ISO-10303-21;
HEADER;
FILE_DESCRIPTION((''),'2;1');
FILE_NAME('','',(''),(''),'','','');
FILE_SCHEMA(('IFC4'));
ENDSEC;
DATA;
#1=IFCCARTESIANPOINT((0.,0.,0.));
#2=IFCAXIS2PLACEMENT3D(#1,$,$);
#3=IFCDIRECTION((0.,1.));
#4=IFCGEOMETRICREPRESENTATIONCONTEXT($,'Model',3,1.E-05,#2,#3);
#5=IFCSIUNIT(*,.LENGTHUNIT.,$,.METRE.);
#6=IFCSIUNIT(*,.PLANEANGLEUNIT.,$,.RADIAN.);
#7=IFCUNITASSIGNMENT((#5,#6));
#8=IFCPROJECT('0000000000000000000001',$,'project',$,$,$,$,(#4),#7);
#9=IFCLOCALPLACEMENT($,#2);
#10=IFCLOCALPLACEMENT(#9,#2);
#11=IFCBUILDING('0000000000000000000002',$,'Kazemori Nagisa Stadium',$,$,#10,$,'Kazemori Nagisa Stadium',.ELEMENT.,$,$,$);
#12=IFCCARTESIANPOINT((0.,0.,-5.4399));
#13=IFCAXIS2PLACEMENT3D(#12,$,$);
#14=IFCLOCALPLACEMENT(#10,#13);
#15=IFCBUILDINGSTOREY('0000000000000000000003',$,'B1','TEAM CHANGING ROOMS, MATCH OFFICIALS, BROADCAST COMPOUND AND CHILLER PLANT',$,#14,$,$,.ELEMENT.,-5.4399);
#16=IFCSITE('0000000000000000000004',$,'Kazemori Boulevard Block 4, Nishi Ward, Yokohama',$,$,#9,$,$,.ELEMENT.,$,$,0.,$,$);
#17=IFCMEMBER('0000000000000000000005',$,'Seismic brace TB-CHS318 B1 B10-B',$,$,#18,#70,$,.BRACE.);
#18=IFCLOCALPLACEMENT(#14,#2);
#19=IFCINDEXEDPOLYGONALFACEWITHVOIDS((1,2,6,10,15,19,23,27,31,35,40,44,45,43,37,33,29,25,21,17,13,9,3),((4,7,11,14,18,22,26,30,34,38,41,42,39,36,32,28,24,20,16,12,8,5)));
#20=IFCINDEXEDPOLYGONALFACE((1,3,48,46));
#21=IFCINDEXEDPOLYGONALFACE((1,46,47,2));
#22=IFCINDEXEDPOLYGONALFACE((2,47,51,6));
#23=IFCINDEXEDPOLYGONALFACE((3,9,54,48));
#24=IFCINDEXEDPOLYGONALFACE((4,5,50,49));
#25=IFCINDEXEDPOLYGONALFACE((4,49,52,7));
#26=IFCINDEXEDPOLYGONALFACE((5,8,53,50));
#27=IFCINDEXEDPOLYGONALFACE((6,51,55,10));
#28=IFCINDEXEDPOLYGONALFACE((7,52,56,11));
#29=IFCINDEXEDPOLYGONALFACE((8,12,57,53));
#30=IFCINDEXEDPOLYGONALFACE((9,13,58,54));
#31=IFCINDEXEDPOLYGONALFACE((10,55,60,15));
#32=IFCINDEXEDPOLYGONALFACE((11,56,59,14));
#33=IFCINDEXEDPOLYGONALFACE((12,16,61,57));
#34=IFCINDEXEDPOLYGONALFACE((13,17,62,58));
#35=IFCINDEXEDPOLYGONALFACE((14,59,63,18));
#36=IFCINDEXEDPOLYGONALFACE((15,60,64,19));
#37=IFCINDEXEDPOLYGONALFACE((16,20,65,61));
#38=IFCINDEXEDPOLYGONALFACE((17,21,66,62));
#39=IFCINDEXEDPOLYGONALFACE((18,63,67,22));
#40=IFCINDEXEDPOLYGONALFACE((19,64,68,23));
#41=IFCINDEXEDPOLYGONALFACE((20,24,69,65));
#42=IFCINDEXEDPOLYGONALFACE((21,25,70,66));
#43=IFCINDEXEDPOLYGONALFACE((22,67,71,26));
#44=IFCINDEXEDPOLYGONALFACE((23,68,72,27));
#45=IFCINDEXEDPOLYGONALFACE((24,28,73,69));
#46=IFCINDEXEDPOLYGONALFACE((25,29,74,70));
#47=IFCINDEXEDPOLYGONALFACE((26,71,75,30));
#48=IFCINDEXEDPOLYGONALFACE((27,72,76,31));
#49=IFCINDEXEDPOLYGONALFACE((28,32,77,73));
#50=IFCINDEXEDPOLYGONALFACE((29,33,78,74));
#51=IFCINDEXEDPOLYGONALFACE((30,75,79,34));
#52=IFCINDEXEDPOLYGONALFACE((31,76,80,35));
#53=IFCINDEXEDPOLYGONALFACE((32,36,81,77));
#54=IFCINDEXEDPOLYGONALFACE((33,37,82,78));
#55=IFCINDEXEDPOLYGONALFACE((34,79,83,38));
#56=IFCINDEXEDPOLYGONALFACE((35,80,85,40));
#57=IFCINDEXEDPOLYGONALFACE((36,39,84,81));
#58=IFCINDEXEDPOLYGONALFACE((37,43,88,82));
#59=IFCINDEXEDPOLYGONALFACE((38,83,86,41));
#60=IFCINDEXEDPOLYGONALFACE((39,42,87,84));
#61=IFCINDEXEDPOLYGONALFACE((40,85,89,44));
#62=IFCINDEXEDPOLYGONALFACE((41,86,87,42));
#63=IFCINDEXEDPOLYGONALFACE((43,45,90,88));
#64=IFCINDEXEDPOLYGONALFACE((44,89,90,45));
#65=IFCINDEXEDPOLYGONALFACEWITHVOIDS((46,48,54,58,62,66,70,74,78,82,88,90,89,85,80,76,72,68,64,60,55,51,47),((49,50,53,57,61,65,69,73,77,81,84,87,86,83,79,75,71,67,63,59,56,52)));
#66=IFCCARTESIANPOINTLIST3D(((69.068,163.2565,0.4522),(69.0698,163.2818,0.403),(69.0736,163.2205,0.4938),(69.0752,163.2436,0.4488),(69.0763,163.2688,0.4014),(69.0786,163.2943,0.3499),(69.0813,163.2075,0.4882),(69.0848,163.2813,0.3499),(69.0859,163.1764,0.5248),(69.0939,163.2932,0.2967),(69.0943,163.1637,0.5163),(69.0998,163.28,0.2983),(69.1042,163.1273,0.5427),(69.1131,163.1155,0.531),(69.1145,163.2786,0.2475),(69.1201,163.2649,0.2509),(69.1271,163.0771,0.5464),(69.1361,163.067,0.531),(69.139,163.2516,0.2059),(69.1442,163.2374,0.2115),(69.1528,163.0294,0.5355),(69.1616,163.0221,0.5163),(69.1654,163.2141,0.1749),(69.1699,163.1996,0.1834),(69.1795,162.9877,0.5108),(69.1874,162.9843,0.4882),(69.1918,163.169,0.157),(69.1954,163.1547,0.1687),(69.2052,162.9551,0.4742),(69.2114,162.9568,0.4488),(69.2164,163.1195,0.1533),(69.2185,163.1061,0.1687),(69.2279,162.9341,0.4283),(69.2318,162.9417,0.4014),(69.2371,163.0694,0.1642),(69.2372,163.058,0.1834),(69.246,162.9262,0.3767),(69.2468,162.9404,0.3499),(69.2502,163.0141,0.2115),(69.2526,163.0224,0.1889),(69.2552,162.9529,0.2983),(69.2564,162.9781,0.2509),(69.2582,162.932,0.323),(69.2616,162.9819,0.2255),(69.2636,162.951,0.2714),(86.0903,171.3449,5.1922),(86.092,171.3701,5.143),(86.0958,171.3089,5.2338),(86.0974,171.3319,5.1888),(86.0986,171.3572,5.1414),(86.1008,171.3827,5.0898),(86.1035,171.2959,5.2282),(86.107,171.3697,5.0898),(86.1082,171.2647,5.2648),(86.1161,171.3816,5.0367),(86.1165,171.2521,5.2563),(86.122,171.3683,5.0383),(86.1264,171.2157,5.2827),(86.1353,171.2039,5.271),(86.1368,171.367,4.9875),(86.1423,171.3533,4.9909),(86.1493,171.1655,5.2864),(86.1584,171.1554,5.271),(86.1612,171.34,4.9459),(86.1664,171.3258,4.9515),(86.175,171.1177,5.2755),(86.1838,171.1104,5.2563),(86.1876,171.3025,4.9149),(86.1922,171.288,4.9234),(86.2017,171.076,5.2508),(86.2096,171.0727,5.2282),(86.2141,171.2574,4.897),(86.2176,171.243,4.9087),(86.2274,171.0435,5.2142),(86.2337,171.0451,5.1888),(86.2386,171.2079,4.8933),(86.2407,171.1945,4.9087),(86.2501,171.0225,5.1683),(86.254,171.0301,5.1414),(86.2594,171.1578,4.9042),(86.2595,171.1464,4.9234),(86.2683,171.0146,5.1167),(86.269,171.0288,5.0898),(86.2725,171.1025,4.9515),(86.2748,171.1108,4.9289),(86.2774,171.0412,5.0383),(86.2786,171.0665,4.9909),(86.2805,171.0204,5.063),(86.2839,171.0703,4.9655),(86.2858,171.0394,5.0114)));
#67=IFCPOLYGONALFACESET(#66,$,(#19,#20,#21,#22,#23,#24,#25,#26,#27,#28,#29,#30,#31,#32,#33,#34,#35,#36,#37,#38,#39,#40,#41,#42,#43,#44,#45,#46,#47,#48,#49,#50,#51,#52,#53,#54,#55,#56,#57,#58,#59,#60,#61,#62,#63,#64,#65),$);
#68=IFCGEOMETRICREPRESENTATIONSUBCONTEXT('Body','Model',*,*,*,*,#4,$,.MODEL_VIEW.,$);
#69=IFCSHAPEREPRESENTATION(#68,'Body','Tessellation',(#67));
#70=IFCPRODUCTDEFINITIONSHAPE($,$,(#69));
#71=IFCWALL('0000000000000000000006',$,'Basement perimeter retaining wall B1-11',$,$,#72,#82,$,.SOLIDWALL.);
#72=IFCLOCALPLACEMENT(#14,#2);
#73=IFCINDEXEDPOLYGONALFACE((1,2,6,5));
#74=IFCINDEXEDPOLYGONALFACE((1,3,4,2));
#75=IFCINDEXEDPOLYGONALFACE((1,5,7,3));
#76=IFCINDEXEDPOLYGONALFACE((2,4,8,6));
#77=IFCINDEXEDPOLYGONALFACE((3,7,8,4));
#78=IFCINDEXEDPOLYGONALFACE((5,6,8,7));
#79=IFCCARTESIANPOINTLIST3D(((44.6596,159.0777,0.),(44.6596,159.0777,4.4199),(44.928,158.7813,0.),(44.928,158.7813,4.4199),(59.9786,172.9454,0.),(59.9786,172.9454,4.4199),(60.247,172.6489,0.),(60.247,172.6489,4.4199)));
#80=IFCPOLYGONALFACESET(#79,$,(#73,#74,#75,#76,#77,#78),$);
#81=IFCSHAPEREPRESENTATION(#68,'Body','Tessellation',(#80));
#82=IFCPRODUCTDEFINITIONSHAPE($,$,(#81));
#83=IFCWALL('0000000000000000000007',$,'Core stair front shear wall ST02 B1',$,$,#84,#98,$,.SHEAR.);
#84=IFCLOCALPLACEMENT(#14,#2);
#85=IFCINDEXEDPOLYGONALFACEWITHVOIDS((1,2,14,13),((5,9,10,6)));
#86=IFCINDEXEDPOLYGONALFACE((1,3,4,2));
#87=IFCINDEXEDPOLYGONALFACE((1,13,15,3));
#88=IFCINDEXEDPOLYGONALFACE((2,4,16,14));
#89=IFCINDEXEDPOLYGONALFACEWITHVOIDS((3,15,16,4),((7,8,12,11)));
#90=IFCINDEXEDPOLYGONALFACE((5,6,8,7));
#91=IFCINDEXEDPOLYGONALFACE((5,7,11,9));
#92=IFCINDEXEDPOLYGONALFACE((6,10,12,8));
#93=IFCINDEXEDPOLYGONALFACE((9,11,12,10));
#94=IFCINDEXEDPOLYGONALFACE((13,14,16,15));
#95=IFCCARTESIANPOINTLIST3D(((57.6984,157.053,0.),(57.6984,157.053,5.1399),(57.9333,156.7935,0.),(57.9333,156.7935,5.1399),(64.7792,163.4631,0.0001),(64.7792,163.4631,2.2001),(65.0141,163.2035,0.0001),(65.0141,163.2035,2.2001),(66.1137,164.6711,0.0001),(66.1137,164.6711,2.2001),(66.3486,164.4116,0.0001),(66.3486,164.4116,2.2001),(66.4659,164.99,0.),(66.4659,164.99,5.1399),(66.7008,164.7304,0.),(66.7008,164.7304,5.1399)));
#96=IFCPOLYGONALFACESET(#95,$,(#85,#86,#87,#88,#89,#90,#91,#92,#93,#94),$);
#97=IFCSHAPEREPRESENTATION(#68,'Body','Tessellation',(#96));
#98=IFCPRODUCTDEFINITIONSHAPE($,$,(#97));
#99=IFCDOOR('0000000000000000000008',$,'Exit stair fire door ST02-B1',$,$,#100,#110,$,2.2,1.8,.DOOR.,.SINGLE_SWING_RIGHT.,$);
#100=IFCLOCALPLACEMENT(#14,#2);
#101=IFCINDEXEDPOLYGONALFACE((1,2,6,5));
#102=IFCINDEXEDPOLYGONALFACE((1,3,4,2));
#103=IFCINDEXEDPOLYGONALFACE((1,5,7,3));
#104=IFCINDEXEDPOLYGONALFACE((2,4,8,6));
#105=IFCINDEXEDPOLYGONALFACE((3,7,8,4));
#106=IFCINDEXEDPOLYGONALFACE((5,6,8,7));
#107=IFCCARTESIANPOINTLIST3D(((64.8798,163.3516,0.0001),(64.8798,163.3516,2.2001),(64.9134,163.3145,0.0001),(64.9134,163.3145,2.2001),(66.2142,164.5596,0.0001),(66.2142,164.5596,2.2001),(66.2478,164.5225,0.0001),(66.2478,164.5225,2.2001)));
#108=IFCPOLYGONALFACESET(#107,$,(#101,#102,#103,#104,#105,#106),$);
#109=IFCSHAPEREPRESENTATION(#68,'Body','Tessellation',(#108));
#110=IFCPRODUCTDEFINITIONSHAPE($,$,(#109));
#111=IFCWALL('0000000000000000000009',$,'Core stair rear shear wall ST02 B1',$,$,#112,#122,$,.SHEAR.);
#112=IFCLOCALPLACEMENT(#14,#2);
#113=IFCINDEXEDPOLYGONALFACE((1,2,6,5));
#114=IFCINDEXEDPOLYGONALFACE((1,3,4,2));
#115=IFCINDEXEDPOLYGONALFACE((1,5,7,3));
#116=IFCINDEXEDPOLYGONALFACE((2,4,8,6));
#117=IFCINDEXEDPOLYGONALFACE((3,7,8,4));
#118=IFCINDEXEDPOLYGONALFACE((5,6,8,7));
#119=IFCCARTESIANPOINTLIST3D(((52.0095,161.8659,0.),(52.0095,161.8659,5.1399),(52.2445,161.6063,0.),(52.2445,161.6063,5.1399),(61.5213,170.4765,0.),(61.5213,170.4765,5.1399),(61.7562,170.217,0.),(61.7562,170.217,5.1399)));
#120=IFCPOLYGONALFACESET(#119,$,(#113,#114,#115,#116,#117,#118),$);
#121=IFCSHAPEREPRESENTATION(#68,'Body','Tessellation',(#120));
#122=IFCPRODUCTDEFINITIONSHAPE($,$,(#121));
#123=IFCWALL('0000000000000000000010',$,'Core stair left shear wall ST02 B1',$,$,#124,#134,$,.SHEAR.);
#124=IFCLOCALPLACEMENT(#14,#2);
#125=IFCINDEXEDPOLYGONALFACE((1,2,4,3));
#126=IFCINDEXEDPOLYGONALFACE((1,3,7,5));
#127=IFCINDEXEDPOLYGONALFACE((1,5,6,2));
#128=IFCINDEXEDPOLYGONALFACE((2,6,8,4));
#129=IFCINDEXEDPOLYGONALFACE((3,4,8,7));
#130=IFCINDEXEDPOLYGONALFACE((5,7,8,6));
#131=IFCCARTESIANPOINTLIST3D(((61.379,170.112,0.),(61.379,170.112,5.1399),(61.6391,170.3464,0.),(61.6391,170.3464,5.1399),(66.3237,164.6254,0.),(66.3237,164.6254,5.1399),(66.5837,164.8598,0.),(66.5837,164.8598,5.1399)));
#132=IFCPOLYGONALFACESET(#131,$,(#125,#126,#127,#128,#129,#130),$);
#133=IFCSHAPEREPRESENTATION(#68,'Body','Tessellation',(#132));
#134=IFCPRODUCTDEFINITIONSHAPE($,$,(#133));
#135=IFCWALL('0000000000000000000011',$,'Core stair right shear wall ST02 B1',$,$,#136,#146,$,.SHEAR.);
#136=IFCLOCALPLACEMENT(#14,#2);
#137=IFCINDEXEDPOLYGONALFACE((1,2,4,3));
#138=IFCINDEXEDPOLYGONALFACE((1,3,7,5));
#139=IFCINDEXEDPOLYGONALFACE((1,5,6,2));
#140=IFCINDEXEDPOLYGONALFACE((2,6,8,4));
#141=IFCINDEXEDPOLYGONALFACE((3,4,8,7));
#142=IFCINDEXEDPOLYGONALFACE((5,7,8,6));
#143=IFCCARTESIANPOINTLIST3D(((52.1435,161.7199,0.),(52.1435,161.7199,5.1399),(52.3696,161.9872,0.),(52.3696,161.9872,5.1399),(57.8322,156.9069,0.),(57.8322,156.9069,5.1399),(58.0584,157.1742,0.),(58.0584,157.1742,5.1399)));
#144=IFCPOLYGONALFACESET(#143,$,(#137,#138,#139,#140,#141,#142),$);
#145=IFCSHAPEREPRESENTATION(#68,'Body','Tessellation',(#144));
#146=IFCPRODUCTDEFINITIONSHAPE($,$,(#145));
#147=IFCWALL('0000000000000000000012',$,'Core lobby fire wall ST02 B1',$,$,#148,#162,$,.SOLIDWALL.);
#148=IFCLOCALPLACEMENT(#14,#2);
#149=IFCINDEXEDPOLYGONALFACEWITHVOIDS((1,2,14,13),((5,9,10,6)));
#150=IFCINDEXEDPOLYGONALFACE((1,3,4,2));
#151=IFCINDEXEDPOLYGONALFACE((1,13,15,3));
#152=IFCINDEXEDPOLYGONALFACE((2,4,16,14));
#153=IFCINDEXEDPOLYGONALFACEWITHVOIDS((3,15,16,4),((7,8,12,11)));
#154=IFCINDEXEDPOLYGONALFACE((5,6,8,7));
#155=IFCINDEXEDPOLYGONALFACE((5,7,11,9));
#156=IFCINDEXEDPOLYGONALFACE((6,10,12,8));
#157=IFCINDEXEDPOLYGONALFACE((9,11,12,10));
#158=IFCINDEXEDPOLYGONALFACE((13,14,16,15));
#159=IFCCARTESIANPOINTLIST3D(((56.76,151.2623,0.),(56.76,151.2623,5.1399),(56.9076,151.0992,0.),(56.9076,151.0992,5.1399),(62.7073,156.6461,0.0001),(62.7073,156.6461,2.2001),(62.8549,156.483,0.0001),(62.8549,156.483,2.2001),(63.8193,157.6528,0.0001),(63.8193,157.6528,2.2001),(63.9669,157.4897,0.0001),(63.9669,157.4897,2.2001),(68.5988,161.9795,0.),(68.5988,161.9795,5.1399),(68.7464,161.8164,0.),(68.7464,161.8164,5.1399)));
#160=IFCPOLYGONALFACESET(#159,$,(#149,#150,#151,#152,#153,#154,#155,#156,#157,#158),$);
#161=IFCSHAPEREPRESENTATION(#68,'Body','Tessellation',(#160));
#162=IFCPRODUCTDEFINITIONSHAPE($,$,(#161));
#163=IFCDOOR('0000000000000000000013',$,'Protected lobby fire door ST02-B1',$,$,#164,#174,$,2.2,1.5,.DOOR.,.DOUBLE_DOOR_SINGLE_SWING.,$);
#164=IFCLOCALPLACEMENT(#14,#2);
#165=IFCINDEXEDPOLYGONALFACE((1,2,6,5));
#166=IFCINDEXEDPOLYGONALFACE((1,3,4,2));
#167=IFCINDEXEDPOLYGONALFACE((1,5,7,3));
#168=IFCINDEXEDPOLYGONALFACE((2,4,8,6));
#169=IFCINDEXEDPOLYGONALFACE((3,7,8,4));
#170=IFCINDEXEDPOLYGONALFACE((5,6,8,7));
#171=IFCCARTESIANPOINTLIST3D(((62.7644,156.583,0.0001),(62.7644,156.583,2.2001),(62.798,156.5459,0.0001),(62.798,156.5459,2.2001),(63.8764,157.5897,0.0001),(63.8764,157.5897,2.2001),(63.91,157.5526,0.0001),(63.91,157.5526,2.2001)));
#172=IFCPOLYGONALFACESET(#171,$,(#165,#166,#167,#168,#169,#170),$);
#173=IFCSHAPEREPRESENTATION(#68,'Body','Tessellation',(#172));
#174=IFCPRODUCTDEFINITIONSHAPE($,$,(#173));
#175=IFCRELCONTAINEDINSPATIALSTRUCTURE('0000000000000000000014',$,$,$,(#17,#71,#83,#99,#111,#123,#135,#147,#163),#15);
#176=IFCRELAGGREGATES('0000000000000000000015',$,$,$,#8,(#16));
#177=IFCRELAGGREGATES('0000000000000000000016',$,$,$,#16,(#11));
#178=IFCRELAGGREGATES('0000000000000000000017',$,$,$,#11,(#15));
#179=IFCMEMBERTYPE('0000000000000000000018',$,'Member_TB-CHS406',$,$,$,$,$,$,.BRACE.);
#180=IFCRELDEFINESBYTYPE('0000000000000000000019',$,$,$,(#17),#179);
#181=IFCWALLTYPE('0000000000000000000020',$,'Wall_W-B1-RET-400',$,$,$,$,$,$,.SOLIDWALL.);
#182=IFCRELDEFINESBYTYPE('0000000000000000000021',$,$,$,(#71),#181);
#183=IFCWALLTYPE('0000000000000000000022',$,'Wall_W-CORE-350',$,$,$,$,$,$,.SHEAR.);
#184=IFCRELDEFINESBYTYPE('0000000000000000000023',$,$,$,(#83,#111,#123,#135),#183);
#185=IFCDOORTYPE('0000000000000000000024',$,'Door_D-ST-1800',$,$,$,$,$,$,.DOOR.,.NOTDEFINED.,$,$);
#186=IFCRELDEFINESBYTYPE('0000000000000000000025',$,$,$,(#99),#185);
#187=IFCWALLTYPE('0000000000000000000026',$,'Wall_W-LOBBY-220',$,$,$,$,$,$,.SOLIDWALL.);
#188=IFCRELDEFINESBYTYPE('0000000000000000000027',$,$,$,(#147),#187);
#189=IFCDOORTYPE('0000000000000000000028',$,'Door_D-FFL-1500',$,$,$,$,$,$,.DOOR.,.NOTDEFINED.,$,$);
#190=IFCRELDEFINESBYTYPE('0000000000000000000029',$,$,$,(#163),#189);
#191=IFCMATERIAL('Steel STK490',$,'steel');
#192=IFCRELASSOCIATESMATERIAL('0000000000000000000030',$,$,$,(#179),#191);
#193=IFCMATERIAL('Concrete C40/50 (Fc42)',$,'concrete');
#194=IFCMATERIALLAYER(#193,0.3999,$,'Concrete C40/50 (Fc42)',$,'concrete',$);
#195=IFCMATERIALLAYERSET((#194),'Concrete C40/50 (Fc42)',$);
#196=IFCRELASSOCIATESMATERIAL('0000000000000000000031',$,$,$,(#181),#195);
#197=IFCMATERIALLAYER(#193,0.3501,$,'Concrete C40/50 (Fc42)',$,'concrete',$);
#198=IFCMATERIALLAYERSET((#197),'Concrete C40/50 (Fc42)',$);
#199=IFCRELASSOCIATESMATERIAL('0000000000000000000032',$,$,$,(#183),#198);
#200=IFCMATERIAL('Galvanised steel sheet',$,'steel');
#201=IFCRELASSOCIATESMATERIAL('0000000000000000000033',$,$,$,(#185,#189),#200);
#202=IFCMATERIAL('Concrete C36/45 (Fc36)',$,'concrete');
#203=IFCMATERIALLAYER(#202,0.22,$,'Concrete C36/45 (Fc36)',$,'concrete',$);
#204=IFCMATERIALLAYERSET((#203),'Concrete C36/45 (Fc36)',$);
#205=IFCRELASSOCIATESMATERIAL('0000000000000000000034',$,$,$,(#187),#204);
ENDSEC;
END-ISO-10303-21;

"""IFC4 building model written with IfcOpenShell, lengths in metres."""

from ifc_helpers import new_model, si_unit, direction, frame, frame_2d, origin, origin_2d, place, context, subcontext, project, spatial, rectangle, hollow_circle, extrude, material, layer, layer_set, material_profile, profile_set, type_object, element, fill, save


model = new_model("IFC4")

# Units and contexts
model_context = context("Model", 3, precision=1e-05, world=origin(), true_north=direction((0.0, 1.0)))
body_context = subcontext(model_context, "Body", "Model", "MODEL_VIEW")
ifc_project = project(units=[si_unit("LENGTHUNIT", "METRE"), si_unit("PLANEANGLEUNIT", "RADIAN")], contexts=[model_context])

# Site, building, storey
site_placement = place(None, origin())
site = spatial("IfcSite", under=ifc_project, at=site_placement, Name="Kazemori Boulevard Block 4, Nishi Ward, Yokohama", CompositionType="ELEMENT", RefElevation=0.0)
building_placement = place(site_placement, origin())
building = spatial("IfcBuilding", under=site, at=building_placement, Name="Kazemori Nagisa Stadium", LongName="Kazemori Nagisa Stadium", CompositionType="ELEMENT")
storey_placement = place(building_placement, frame((0.0, 0.0, -5.4399)))
storey = spatial("IfcBuildingStorey", under=building, at=storey_placement, Name="B1", Description="TEAM CHANGING ROOMS, MATCH OFFICIALS, BROADCAST COMPOUND AND CHILLER PLANT", CompositionType="ELEMENT", Elevation=-5.4399)

# Shared definitions
ifc_material_1 = material(Name="Concrete C40/50 (Fc42)", Category="concrete")

# Shared definitions
ifc_material_2 = material(Name="Concrete C36/45 (Fc36)", Category="concrete")

# Member
ifc_material_3 = material(Name="Steel STK490", Category="steel")
ifc_material_profile_1 = material_profile(ifc_material_3, hollow_circle(Radius=0.2031, WallThickness=0.0144, at=origin_2d()), Name="CHS-406.4x14.3")
ifc_profile_set_1 = profile_set([ifc_material_profile_1], Name="Steel STK490")
member_type = type_object("IfcMemberType", Name="Member_TB-CHS406", PredefinedType="BRACE", material=ifc_profile_set_1)
member_placement = place(storey_placement, frame((69.1658, 163.1108, 0.3499), z_axis=(0.875939, 0.416217, 0.243913), x_axis=(-0.429179, 0.903219, 0.0)))
element("IfcMember", 1, at=member_placement, inside=storey, type_object=member_type, Name="Seismic brace TB-CHS318 B1 B10-B", PredefinedType="BRACE", context=body_context, shape_type="SweptSolid", body=[
    extrude(hollow_circle(Radius=0.2031, WallThickness=0.0144, at=origin_2d()), origin(), (0.0, 0.0, 1.0), 19.4331),
])

# Wall
ifc_layer_1 = layer(ifc_material_1, 0.3999, Name="Concrete C40/50 (Fc42)", Category="concrete")
ifc_layer_set_1 = layer_set([ifc_layer_1], Name="Concrete C40/50 (Fc42)")
wall_type_1 = type_object("IfcWallType", Name="Wall_W-B1-RET-400", PredefinedType="SOLIDWALL", material=ifc_layer_set_1)
wall_1_placement = place(storey_placement, frame((60.1128, 172.7971, 0.0), z_axis=(0.0, 0.0, 1.0), x_axis=(-0.741354, -0.671114, 0.0)))
element("IfcWall", 2, at=wall_1_placement, inside=storey, type_object=wall_type_1, Name="Basement perimeter retaining wall B1-11", PredefinedType="SOLIDWALL", context=body_context, shape_type="SweptSolid", body=[
    extrude(rectangle(XDim=20.6636, YDim=0.3999, at=frame_2d((10.3318, 0.0))), origin(), (0.0, 0.0, 1.0), 4.4199),
])

# Wall, opening, door
ifc_layer_2 = layer(ifc_material_1, 0.3501, Name="Concrete C40/50 (Fc42)", Category="concrete")
ifc_layer_set_2 = layer_set([ifc_layer_2], Name="Concrete C40/50 (Fc42)")
wall_type_2 = type_object("IfcWallType", Name="Wall_W-CORE-350", PredefinedType="SHEAR", material=ifc_layer_set_2)
wall_2_placement = place(storey_placement, frame((66.5833, 164.8601, 0.0), z_axis=(0.0, 0.0, 1.0), x_axis=(-0.741349, -0.67112, 0.0)))
wall_2 = element("IfcWall", 3, at=wall_2_placement, inside=storey, type_object=wall_type_2, Name="Core stair front shear wall ST02 B1", PredefinedType="SHEAR", context=body_context, shape_type="SweptSolid", body=[
    extrude(rectangle(XDim=11.8264, YDim=0.3501, at=frame_2d((5.9131, 0.0))), origin(), (0.0, 0.0, 1.0), 5.1399),
])
opening_1_placement = place(wall_2_placement, frame((0.4751, 0.0, 0.0)))
opening_1 = element("IfcOpeningElement", 4, at=opening_1_placement, cuts=wall_2, PredefinedType="OPENING", context=body_context, shape_type="SweptSolid", body=[
    extrude(rectangle(XDim=1.8, YDim=2.2, at=frame_2d((0.8999, 1.1001))), frame((0.0, 0.1851, 0.0), z_axis=(0.0, -1.0, 0.0), x_axis=(1.0, 0.0, 0.0)), (0.0, 0.0, 1.0), 0.3701),
])
ifc_material_4 = material(Name="Galvanised steel sheet", Category="steel")
door_type_1 = type_object("IfcDoorType", Name="Door_D-ST-1800", OperationType="NOTDEFINED", PredefinedType="DOOR", material=ifc_material_4)
door_1_placement = place(opening_1_placement, frame((1.8, 0.0, 0.0), z_axis=(0.0, 0.0, 1.0), x_axis=(-1.0, 0.0, 0.0)))
door_1 = element("IfcDoor", 5, at=door_1_placement, inside=storey, type_object=door_type_1, Name="Exit stair fire door ST02-B1", OperationType="SINGLE_SWING_RIGHT", OverallHeight=2.2, OverallWidth=1.8, PredefinedType="DOOR", context=body_context, shape_type="SweptSolid", body=[
    extrude(rectangle(XDim=1.8, YDim=2.2, at=frame_2d((0.8999, 1.1001))), frame((0.0, 0.0249, 0.0), z_axis=(0.0, -1.0, 0.0), x_axis=(1.0, 0.0, 0.0)), (0.0, 0.0, 1.0), 0.05),
])
fill(opening_1, door_1)

# Walls
wall_3_placement = place(storey_placement, frame((61.6387, 170.3467, 0.0), z_axis=(0.0, 0.0, 1.0), x_axis=(-0.741351, -0.671117, 0.0)))
element("IfcWall", 6, at=wall_3_placement, inside=storey, type_object=wall_type_2, Name="Core stair rear shear wall ST02 B1", PredefinedType="SHEAR", context=body_context, shape_type="SweptSolid", body=[
    extrude(rectangle(XDim=12.8303, YDim=0.3501, at=frame_2d((6.415, 0.0))), origin(), (0.0, 0.0, 1.0), 5.1399),
])
wall_4_placement = place(storey_placement, frame((66.4536, 164.7427, 0.0), z_axis=(0.0, 0.0, 1.0), x_axis=(-0.669463, 0.742845, 0.0)))
element("IfcWall", 7, at=wall_4_placement, inside=storey, type_object=wall_type_2, Name="Core stair left shear wall ST02 B1", PredefinedType="SHEAR", context=body_context, shape_type="SweptSolid", body=[
    extrude(rectangle(XDim=7.386, YDim=0.3501, at=frame_2d((3.6929, 0.0))), origin(), (0.0, 0.0, 1.0), 5.1399),
])
wall_5_placement = place(storey_placement, frame((57.9453, 157.0405, 0.0), z_axis=(0.0, 0.0, 1.0), x_axis=(-0.763422, 0.6459, 0.0)))
element("IfcWall", 8, at=wall_5_placement, inside=storey, type_object=wall_type_2, Name="Core stair right shear wall ST02 B1", PredefinedType="SHEAR", context=body_context, shape_type="SweptSolid", body=[
    extrude(rectangle(XDim=7.4517, YDim=0.3501, at=frame_2d((3.7258, 0.0))), origin(), (0.0, 0.0, 1.0), 5.1399),
])

# Wall, opening, door
ifc_layer_3 = layer(ifc_material_2, 0.22, Name="Concrete C36/45 (Fc36)", Category="concrete")
ifc_layer_set_3 = layer_set([ifc_layer_3], Name="Concrete C36/45 (Fc36)")
wall_type_3 = type_object("IfcWallType", Name="Wall_W-LOBBY-220", PredefinedType="SOLIDWALL", material=ifc_layer_set_3)
wall_6_placement = place(storey_placement, frame((68.6726, 161.8979, 0.0), z_axis=(0.0, 0.0, 1.0), x_axis=(-0.741351, -0.671117, 0.0)))
wall_6 = element("IfcWall", 9, at=wall_6_placement, inside=storey, type_object=wall_type_3, Name="Core lobby fire wall ST02 B1", PredefinedType="SOLIDWALL", context=body_context, shape_type="SweptSolid", body=[
    extrude(rectangle(XDim=15.9692, YDim=0.22, at=frame_2d((7.9846, 0.0))), origin(), (0.0, 0.0, 1.0), 5.1399),
])
opening_2_placement = place(wall_6_placement, frame((6.447, 0.0, 0.0)))
opening_2 = element("IfcOpeningElement", 10, at=opening_2_placement, cuts=wall_6, PredefinedType="OPENING", context=body_context, shape_type="SweptSolid", body=[
    extrude(rectangle(XDim=1.5, YDim=2.2, at=frame_2d((0.75, 1.1001))), frame((0.0, 0.1199, 0.0), z_axis=(0.0, -1.0, 0.0), x_axis=(1.0, 0.0, 0.0)), (0.0, 0.0, 1.0), 0.24),
])
door_type_2 = type_object("IfcDoorType", Name="Door_D-FFL-1500", OperationType="NOTDEFINED", PredefinedType="DOOR", material=ifc_material_4)
door_2_placement = place(opening_2_placement, frame((1.5, 0.0, 0.0), z_axis=(0.0, 0.0, 1.0), x_axis=(-1.0, 0.0, 0.0)))
door_2 = element("IfcDoor", 11, at=door_2_placement, inside=storey, type_object=door_type_2, Name="Protected lobby fire door ST02-B1", OperationType="DOUBLE_DOOR_SINGLE_SWING", OverallHeight=2.2, OverallWidth=1.5, PredefinedType="DOOR", context=body_context, shape_type="SweptSolid", body=[
    extrude(rectangle(XDim=1.5, YDim=2.2, at=frame_2d((0.75, 1.1001))), frame((0.0, 0.0249, 0.0), z_axis=(0.0, -1.0, 0.0), x_axis=(1.0, 0.0, 0.0)), (0.0, 0.0, 1.0), 0.05),
])
fill(opening_2, door_2)

save(model, "model.ifc")
